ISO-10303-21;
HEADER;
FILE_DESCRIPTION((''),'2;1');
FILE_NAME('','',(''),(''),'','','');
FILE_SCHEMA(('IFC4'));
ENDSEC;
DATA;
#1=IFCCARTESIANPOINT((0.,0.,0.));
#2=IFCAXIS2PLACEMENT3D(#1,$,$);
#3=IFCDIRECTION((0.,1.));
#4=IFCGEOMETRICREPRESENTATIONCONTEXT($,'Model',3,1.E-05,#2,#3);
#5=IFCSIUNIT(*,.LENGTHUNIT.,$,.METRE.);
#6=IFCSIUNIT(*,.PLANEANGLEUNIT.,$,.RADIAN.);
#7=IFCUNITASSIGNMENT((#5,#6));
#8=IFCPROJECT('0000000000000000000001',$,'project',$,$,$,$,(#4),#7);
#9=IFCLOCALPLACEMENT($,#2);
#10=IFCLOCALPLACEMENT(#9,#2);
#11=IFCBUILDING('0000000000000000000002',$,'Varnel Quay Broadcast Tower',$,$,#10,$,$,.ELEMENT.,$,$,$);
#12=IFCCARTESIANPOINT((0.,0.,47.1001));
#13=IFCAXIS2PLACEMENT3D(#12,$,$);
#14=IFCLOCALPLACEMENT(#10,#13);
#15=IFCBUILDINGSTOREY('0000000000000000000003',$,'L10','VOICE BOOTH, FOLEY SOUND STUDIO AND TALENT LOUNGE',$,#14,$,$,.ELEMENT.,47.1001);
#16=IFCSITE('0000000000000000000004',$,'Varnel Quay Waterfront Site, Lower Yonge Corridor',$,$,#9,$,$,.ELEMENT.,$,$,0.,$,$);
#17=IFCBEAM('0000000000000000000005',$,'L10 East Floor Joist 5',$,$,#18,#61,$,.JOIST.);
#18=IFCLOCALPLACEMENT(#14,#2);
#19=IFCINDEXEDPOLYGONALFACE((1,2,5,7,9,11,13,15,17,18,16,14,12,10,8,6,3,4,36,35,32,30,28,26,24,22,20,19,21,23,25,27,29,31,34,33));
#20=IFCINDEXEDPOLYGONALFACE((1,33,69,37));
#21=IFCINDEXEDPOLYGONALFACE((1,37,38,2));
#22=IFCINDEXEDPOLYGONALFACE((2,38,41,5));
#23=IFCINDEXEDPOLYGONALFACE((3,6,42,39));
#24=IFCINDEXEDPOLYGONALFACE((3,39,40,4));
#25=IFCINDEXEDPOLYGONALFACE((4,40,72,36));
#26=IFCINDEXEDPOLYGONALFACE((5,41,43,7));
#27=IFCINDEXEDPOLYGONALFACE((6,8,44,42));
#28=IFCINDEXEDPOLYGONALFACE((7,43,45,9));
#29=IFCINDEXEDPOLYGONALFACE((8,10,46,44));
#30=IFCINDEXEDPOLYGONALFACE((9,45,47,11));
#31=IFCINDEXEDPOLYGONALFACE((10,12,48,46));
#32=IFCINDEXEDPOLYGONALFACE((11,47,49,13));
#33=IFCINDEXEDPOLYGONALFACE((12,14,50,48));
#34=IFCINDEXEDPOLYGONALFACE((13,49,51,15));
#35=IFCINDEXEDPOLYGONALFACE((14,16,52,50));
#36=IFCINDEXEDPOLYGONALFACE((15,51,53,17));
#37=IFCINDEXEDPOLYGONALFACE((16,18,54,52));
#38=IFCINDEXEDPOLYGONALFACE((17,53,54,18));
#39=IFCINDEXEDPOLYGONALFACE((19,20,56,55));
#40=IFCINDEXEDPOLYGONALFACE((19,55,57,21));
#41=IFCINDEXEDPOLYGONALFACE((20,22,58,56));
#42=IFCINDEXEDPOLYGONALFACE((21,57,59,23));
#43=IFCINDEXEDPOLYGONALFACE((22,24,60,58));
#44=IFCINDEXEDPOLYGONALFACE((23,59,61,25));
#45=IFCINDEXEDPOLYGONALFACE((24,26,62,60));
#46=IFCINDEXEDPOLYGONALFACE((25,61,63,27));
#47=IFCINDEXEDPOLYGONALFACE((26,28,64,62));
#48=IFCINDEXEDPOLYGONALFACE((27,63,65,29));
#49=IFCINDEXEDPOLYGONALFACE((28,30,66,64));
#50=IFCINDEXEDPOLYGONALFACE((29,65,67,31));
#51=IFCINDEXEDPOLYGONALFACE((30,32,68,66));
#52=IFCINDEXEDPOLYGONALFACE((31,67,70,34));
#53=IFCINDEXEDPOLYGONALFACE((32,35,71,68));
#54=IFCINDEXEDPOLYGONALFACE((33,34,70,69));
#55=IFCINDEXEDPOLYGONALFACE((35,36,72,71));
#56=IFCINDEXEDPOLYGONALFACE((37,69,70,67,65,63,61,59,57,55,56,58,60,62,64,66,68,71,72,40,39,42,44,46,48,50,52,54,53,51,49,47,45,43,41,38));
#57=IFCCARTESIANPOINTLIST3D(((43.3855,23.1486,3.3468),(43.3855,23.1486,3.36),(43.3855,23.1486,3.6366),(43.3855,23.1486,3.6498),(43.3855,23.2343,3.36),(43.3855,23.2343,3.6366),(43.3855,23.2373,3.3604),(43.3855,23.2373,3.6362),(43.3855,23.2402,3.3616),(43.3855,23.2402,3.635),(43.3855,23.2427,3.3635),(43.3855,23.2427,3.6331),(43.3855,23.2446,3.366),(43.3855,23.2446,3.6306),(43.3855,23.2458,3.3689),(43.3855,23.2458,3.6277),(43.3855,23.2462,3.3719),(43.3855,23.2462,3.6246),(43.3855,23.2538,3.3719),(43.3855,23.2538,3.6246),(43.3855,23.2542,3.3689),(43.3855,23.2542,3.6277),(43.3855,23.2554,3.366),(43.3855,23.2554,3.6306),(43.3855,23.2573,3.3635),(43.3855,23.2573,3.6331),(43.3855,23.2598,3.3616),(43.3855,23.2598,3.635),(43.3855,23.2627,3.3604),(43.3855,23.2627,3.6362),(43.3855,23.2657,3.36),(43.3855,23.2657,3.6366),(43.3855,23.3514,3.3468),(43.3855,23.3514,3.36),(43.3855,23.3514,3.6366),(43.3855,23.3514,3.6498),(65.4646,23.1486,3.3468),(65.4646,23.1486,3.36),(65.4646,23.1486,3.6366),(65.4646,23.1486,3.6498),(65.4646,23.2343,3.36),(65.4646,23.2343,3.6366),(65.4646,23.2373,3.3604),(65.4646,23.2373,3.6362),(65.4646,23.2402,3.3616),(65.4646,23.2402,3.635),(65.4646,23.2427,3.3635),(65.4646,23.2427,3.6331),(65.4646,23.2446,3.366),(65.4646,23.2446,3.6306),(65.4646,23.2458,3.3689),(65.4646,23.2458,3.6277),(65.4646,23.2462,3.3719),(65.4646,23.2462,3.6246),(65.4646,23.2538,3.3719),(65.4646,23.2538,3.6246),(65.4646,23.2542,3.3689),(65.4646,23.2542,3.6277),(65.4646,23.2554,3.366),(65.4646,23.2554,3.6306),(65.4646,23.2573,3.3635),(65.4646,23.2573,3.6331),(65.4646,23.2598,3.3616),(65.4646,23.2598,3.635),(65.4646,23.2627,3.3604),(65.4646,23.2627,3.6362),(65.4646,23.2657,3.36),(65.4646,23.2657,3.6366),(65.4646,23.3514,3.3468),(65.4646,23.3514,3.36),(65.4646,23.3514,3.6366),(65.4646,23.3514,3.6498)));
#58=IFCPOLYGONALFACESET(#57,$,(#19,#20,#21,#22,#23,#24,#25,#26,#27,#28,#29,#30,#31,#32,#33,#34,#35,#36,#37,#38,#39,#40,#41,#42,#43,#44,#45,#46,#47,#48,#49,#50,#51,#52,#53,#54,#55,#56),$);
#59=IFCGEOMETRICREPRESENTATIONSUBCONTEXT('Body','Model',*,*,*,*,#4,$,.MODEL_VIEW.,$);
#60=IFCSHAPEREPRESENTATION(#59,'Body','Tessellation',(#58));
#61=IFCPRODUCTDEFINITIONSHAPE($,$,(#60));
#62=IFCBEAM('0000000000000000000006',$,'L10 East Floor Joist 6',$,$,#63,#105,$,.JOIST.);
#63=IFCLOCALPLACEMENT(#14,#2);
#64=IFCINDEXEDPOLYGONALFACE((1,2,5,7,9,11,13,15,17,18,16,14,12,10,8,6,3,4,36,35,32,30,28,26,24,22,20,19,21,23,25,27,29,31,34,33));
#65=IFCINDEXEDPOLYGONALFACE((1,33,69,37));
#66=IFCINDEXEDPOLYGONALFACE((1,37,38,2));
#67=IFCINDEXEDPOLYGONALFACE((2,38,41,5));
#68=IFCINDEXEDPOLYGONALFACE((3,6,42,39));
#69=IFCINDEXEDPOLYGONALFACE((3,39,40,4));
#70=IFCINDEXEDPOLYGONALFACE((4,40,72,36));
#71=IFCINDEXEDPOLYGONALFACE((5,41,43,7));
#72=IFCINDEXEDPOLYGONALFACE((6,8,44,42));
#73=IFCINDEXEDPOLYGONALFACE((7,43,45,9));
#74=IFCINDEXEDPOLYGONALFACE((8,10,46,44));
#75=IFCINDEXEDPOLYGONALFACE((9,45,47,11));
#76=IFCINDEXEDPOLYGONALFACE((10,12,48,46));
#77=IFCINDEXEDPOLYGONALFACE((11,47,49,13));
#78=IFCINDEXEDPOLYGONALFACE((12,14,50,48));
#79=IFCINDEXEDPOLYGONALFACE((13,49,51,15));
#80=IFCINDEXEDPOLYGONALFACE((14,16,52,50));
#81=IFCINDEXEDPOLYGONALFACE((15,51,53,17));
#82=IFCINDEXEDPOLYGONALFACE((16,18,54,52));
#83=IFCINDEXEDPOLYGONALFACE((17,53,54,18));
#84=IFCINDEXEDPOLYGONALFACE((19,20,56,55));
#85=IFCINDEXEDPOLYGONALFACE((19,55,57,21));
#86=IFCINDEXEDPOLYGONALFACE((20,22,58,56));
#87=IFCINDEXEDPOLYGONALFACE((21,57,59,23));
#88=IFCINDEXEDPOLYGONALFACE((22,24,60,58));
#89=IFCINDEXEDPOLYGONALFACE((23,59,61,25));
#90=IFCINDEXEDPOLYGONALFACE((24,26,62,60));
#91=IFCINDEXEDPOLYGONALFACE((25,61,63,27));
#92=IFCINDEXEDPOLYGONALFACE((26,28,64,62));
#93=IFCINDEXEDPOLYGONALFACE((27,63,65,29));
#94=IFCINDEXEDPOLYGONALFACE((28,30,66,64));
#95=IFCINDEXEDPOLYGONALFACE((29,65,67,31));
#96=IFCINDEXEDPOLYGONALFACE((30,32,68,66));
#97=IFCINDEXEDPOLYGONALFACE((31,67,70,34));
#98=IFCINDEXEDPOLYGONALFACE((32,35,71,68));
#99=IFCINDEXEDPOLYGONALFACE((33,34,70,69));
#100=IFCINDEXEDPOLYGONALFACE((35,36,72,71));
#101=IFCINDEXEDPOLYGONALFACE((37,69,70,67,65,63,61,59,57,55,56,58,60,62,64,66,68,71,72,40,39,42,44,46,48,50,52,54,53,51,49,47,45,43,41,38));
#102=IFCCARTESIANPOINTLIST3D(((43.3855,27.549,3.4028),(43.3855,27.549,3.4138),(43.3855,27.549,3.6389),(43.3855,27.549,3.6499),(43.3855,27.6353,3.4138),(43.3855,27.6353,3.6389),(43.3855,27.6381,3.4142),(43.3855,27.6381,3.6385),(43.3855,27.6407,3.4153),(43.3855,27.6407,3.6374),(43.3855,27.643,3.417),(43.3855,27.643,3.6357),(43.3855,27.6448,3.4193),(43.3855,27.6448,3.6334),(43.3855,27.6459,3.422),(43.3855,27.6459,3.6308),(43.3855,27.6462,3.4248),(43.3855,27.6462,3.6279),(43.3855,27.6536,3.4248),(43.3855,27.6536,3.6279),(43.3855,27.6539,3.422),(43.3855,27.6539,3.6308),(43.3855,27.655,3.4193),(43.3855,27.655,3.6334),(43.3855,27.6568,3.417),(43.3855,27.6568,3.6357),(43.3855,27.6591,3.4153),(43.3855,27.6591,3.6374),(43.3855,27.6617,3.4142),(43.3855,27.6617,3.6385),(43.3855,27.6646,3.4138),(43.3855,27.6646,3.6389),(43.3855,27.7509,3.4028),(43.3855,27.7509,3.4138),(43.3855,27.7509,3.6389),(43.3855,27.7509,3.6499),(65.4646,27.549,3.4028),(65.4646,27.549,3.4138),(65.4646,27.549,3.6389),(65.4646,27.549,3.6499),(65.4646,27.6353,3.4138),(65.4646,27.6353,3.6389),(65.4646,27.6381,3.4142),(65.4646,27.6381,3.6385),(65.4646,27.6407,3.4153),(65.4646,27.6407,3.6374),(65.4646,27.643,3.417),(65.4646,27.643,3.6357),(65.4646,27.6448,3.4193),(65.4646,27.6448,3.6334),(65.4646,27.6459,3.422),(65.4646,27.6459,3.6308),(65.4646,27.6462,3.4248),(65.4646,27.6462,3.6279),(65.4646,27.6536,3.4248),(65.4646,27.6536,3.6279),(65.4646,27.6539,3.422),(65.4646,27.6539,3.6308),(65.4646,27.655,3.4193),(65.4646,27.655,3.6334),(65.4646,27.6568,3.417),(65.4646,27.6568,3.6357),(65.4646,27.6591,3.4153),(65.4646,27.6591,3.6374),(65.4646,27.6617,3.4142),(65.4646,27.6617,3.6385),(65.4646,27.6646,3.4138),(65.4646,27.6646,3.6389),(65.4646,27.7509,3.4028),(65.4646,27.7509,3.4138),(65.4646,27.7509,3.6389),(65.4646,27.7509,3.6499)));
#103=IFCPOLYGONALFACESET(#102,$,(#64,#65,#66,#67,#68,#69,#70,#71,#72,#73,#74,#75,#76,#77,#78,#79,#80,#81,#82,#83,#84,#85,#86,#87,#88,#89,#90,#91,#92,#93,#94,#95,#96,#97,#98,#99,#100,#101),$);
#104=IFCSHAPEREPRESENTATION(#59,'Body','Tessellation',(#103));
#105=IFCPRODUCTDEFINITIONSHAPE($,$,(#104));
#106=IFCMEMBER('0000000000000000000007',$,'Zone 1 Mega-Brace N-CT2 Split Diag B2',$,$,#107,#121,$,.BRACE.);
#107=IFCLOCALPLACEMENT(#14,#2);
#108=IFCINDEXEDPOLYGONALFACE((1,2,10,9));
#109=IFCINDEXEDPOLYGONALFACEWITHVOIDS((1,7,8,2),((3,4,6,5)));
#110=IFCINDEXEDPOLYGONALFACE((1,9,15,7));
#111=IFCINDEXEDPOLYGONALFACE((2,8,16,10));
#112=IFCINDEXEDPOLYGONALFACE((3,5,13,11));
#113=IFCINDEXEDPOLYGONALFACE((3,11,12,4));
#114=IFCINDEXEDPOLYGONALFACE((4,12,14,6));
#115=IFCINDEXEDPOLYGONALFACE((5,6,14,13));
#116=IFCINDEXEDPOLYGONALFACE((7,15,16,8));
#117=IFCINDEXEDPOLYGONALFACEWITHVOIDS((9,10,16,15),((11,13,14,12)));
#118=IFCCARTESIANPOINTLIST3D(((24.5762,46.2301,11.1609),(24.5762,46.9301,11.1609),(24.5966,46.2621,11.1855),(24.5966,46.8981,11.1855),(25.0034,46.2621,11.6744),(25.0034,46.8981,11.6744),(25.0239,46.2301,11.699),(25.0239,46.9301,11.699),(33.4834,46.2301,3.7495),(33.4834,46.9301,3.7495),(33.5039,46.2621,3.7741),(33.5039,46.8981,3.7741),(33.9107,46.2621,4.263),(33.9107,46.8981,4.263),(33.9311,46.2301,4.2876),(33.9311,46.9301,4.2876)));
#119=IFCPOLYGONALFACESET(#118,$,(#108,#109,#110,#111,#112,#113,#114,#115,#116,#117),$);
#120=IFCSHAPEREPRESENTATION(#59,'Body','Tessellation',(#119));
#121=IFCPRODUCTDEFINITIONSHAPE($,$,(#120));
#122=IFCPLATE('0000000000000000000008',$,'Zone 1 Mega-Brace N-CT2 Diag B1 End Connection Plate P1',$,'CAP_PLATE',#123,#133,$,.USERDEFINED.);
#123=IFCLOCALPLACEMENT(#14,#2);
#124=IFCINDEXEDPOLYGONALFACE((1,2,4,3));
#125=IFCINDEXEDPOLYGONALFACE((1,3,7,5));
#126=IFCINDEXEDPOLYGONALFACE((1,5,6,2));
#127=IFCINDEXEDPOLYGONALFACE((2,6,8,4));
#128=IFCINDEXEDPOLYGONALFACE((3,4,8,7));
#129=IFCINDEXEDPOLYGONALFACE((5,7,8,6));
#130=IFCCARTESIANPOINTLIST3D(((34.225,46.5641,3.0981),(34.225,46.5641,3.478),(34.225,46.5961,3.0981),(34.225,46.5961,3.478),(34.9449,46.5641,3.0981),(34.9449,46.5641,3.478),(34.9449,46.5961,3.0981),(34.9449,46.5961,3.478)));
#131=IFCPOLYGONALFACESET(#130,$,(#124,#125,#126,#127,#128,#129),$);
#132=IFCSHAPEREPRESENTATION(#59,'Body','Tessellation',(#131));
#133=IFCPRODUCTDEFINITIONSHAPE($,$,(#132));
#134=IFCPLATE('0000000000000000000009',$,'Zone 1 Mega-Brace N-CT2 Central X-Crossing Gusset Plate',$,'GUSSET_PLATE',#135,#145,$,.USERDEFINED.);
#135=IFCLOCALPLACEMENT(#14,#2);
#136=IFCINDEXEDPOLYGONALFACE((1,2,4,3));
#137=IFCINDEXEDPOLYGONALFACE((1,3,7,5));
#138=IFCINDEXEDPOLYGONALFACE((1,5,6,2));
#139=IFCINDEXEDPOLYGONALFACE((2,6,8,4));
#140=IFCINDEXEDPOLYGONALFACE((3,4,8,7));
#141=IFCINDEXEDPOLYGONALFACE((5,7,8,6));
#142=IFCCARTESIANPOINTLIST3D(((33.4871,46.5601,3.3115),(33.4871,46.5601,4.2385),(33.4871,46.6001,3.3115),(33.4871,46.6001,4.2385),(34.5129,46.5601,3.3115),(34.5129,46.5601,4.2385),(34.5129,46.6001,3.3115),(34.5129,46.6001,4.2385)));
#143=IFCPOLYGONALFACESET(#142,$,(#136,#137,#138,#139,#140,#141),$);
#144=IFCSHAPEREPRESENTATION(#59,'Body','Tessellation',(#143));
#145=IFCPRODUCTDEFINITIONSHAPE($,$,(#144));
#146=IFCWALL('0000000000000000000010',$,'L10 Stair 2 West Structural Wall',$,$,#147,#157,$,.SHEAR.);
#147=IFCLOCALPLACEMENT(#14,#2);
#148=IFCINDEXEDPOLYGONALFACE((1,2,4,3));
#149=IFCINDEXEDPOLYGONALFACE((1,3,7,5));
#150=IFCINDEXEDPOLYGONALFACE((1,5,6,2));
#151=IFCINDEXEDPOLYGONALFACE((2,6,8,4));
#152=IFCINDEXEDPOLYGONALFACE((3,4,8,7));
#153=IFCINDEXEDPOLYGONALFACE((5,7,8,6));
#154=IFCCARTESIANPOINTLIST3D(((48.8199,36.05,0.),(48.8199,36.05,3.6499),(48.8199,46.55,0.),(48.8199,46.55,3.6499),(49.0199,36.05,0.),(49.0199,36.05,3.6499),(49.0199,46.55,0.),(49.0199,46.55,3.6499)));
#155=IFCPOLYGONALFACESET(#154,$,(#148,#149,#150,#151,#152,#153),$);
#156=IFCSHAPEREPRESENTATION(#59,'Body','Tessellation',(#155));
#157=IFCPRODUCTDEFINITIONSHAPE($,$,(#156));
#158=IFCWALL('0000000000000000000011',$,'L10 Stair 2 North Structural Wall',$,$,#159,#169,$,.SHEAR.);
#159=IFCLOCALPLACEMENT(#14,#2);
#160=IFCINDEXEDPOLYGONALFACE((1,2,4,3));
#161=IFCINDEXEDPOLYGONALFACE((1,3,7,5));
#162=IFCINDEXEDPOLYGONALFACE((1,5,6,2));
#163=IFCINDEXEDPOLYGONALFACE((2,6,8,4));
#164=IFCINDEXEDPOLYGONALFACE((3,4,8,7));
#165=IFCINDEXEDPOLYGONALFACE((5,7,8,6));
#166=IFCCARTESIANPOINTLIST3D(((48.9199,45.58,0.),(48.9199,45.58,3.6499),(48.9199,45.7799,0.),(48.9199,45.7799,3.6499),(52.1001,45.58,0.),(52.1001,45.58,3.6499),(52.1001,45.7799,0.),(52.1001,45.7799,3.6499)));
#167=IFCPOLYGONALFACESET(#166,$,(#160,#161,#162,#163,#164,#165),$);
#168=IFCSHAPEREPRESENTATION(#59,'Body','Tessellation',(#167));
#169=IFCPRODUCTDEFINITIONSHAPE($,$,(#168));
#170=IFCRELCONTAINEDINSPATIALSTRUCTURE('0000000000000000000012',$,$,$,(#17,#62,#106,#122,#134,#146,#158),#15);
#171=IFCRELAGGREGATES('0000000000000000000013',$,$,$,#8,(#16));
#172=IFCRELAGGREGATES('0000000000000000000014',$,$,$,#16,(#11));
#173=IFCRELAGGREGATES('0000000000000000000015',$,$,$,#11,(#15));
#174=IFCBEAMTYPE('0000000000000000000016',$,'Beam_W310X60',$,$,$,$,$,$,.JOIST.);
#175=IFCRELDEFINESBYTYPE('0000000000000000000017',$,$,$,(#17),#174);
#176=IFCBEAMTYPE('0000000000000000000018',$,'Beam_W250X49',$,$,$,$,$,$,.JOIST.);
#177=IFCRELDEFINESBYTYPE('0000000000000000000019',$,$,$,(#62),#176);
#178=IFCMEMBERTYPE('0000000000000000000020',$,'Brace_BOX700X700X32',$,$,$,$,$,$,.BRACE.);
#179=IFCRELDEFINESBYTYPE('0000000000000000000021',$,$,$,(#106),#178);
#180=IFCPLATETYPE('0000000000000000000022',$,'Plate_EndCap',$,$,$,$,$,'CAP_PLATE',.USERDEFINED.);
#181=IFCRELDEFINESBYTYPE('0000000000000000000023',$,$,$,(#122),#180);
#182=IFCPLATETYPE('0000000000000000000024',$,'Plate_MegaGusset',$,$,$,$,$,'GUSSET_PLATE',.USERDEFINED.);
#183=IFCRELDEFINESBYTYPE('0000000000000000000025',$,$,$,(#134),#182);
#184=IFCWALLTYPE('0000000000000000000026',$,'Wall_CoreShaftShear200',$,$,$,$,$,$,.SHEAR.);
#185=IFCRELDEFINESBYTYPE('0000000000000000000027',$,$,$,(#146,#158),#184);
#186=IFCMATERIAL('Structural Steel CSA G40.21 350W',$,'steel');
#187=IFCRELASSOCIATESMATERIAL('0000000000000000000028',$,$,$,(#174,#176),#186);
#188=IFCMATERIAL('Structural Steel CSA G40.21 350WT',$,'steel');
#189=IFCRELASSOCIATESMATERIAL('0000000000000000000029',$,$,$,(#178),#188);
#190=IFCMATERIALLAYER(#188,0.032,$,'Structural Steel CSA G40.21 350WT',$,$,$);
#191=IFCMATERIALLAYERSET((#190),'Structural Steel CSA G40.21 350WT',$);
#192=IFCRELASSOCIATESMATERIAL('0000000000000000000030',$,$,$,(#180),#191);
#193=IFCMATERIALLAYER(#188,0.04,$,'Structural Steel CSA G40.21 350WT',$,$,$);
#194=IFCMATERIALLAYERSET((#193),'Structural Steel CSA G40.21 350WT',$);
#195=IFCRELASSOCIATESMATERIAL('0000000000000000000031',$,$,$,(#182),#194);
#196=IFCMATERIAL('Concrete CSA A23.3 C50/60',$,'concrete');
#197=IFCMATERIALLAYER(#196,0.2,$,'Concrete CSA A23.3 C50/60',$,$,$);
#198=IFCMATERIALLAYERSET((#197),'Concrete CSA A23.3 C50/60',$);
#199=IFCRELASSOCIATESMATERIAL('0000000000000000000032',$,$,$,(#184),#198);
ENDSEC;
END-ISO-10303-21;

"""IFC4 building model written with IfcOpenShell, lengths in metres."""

from ifc_helpers import new_model, si_unit, direction, frame, frame_2d, origin, origin_2d, place, context, subcontext, project, spatial, rectangle, hollow_rectangle, i_section, extrude, source, transform, mapped, material, layer, layer_set, material_profile, profile_set, type_object, type_shapes, element, save


model = new_model("IFC4")

# Units and contexts
model_context = context("Model", 3, precision=1e-05, world=origin(), true_north=direction((0.0, 1.0)))
body_context = subcontext(model_context, "Body", "Model", "MODEL_VIEW")
ifc_project = project(units=[si_unit("LENGTHUNIT", "METRE"), si_unit("PLANEANGLEUNIT", "RADIAN")], contexts=[model_context])

# Site, building, storey
site_placement = place(None, origin())
site = spatial("IfcSite", under=ifc_project, at=site_placement, Name="Varnel Quay Waterfront Site, Lower Yonge Corridor", CompositionType="ELEMENT", RefElevation=0.0)
building_placement = place(site_placement, origin())
building = spatial("IfcBuilding", under=site, at=building_placement, Name="Varnel Quay Broadcast Tower", CompositionType="ELEMENT")
storey_placement = place(building_placement, frame((0.0, 0.0, 47.1001)))
storey = spatial("IfcBuildingStorey", under=building, at=storey_placement, Name="L10", Description="VOICE BOOTH, FOLEY SOUND STUDIO AND TALENT LOUNGE", CompositionType="ELEMENT", Elevation=47.1001)

# Shared definitions
ifc_material_1 = material(Name="Structural Steel CSA G40.21 350WT", Category="steel")

# Beams
ifc_material_2 = material(Name="Structural Steel CSA G40.21 350W", Category="steel")
ifc_material_profile_1 = material_profile(ifc_material_2, i_section(OverallWidth=0.2029, OverallDepth=0.303, WebThickness=0.0076, FlangeThickness=0.0132, FilletRadius=0.012, at=origin_2d()), Name="W310X60")
ifc_profile_set_1 = profile_set([ifc_material_profile_1], Name="Structural Steel CSA G40.21 350W")
beam_type_1 = type_object("IfcBeamType", Name="Beam_W310X60", PredefinedType="JOIST", material=ifc_profile_set_1)
shared_shape_1 = source(origin(), body_context, "Body", "SweptSolid", [
    extrude(i_section(OverallWidth=0.2029, OverallDepth=0.303, WebThickness=0.0076, FlangeThickness=0.0132, FilletRadius=0.012, at=origin_2d()), origin(), (0.0, 0.0, 1.0), 22.0791),
])
type_shapes(beam_type_1, [shared_shape_1])
beam_1_placement = place(storey_placement, frame((43.3855, 23.25, 3.4983), z_axis=(1.0, 0.0, 0.0), x_axis=(0.0, 1.0, 0.0)))
element("IfcBeam", 1, at=beam_1_placement, inside=storey, type_object=beam_type_1, Name="L10 East Floor Joist 5", PredefinedType="JOIST", context=body_context, shape_type="MappedRepresentation", body=[
    mapped(shared_shape_1, transform((0.0, 0.0, 0.0), x_axis=(1.0, 0.0, 0.0), y_axis=(0.0, 1.0, 0.0), z_axis=(0.0, 0.0, 1.0), scale=1.0)),
])
ifc_material_profile_2 = material_profile(ifc_material_2, i_section(OverallWidth=0.2019, OverallDepth=0.2471, WebThickness=0.0073, FlangeThickness=0.011, FilletRadius=0.011, at=origin_2d()), Name="W250X49")
ifc_profile_set_2 = profile_set([ifc_material_profile_2], Name="Structural Steel CSA G40.21 350W")
beam_type_2 = type_object("IfcBeamType", Name="Beam_W250X49", PredefinedType="JOIST", material=ifc_profile_set_2)
shared_shape_2 = source(origin(), body_context, "Body", "SweptSolid", [
    extrude(i_section(OverallWidth=0.2019, OverallDepth=0.2471, WebThickness=0.0073, FlangeThickness=0.011, FilletRadius=0.011, at=origin_2d()), origin(), (0.0, 0.0, 1.0), 22.0791),
])
type_shapes(beam_type_2, [shared_shape_2])
beam_2_placement = place(storey_placement, frame((43.3855, 27.6499, 3.5264), z_axis=(1.0, 0.0, 0.0), x_axis=(0.0, 1.0, 0.0)))
element("IfcBeam", 2, at=beam_2_placement, inside=storey, type_object=beam_type_2, Name="L10 East Floor Joist 6", PredefinedType="JOIST", context=body_context, shape_type="MappedRepresentation", body=[
    mapped(shared_shape_2, transform((0.0, 0.0, 0.0), x_axis=(1.0, 0.0, 0.0), y_axis=(0.0, 1.0, 0.0), z_axis=(0.0, 0.0, 1.0), scale=1.0)),
])

# Member
ifc_material_profile_3 = material_profile(ifc_material_1, hollow_rectangle(XDim=0.7, YDim=0.7, WallThickness=0.032, at=origin_2d()), Name="BOX700X700X32")
ifc_profile_set_3 = profile_set([ifc_material_profile_3], Name="Structural Steel CSA G40.21 350WT")
member_type = type_object("IfcMemberType", Name="Brace_BOX700X700X32", PredefinedType="BRACE", material=ifc_profile_set_3)
shared_shape_3 = source(origin(), body_context, "Body", "SweptSolid", [
    extrude(hollow_rectangle(XDim=0.7, YDim=0.7, WallThickness=0.032, at=origin_2d()), origin(), (0.0, 0.0, 1.0), 11.5874),
])
type_shapes(member_type, [shared_shape_3])
member_placement = place(storey_placement, frame((33.7073, 46.5801, 4.0186), z_axis=(-0.768701, 0.0, 0.639608), x_axis=(0.0, -1.0, 0.0)))
element("IfcMember", 3, at=member_placement, inside=storey, type_object=member_type, Name="Zone 1 Mega-Brace N-CT2 Split Diag B2", PredefinedType="BRACE", context=body_context, shape_type="MappedRepresentation", body=[
    mapped(shared_shape_3, transform((0.0, 0.0, 0.0), x_axis=(1.0, 0.0, 0.0), y_axis=(0.0, 1.0, 0.0), z_axis=(0.0, 0.0, 1.0), scale=1.0)),
])

# Plates
ifc_layer_1 = layer(ifc_material_1, 0.032, Name="Structural Steel CSA G40.21 350WT")
ifc_layer_set_1 = layer_set([ifc_layer_1], Name="Structural Steel CSA G40.21 350WT")
plate_type_1 = type_object("IfcPlateType", Name="Plate_EndCap", ElementType="CAP_PLATE", PredefinedType="USERDEFINED", material=ifc_layer_set_1)
shared_shape_4 = source(origin(), body_context, "Body", "SweptSolid", [
    extrude(rectangle(XDim=0.72, YDim=0.032, at=origin_2d()), origin(), (0.0, 0.0, 1.0), 0.3799),
])
type_shapes(plate_type_1, [shared_shape_4])
plate_1_placement = place(storey_placement, frame((34.585, 46.5801, 3.0981), z_axis=(0.0, 0.0, 1.0), x_axis=(1.0, 0.0, 0.0)))
element("IfcPlate", 4, at=plate_1_placement, inside=storey, type_object=plate_type_1, Name="Zone 1 Mega-Brace N-CT2 Diag B1 End Connection Plate P1", ObjectType="CAP_PLATE", PredefinedType="USERDEFINED", context=body_context, shape_type="MappedRepresentation", body=[
    mapped(shared_shape_4, transform((0.0, 0.0, 0.0), x_axis=(1.0, 0.0, 0.0), y_axis=(0.0, 1.0, 0.0), z_axis=(0.0, 0.0, 1.0), scale=1.0)),
])
ifc_layer_2 = layer(ifc_material_1, 0.04, Name="Structural Steel CSA G40.21 350WT")
ifc_layer_set_2 = layer_set([ifc_layer_2], Name="Structural Steel CSA G40.21 350WT")
plate_type_2 = type_object("IfcPlateType", Name="Plate_MegaGusset", ElementType="GUSSET_PLATE", PredefinedType="USERDEFINED", material=ifc_layer_set_2)
shared_shape_5 = source(origin(), body_context, "Body", "SweptSolid", [
    extrude(rectangle(XDim=1.0259, YDim=0.04, at=origin_2d()), origin(), (0.0, 0.0, 1.0), 0.927),
])
type_shapes(plate_type_2, [shared_shape_5])
plate_2_placement = place(storey_placement, frame((34.0, 46.5801, 3.3115), z_axis=(0.0, 0.0, 1.0), x_axis=(1.0, 0.0, 0.0)))
element("IfcPlate", 5, at=plate_2_placement, inside=storey, type_object=plate_type_2, Name="Zone 1 Mega-Brace N-CT2 Central X-Crossing Gusset Plate", ObjectType="GUSSET_PLATE", PredefinedType="USERDEFINED", context=body_context, shape_type="MappedRepresentation", body=[
    mapped(shared_shape_5, transform((0.0, 0.0, 0.0), x_axis=(1.0, 0.0, 0.0), y_axis=(0.0, 1.0, 0.0), z_axis=(0.0, 0.0, 1.0), scale=1.0)),
])

# Walls
ifc_material_3 = material(Name="Concrete CSA A23.3 C50/60", Category="concrete")
ifc_layer_3 = layer(ifc_material_3, 0.2, Name="Concrete CSA A23.3 C50/60")
ifc_layer_set_3 = layer_set([ifc_layer_3], Name="Concrete CSA A23.3 C50/60")
wall_type_1 = type_object("IfcWallType", Name="Wall_CoreShaftShear200", PredefinedType="SHEAR", material=ifc_layer_set_3)
wall_1_placement = place(storey_placement, frame((48.9199, 36.05, 0.0), z_axis=(0.0, 0.0, 1.0), x_axis=(0.0, 1.0, 0.0)))
element("IfcWall", 6, at=wall_1_placement, inside=storey, type_object=wall_type_1, Name="L10 Stair 2 West Structural Wall", PredefinedType="SHEAR", context=body_context, shape_type="SweptSolid", body=[
    extrude(rectangle(XDim=10.5, YDim=0.2, at=frame_2d((5.25, 0.0))), origin(), (0.0, 0.0, 1.0), 3.6499),
])
wall_2_placement = place(storey_placement, frame((48.9199, 45.6799, 0.0), z_axis=(0.0, 0.0, 1.0), x_axis=(1.0, 0.0, 0.0)))
element("IfcWall", 7, at=wall_2_placement, inside=storey, type_object=wall_type_1, Name="L10 Stair 2 North Structural Wall", PredefinedType="SHEAR", context=body_context, shape_type="SweptSolid", body=[
    extrude(rectangle(XDim=3.1802, YDim=0.2, at=frame_2d((1.5901, 0.0))), origin(), (0.0, 0.0, 1.0), 3.6499),
])

save(model, "model.ifc")
